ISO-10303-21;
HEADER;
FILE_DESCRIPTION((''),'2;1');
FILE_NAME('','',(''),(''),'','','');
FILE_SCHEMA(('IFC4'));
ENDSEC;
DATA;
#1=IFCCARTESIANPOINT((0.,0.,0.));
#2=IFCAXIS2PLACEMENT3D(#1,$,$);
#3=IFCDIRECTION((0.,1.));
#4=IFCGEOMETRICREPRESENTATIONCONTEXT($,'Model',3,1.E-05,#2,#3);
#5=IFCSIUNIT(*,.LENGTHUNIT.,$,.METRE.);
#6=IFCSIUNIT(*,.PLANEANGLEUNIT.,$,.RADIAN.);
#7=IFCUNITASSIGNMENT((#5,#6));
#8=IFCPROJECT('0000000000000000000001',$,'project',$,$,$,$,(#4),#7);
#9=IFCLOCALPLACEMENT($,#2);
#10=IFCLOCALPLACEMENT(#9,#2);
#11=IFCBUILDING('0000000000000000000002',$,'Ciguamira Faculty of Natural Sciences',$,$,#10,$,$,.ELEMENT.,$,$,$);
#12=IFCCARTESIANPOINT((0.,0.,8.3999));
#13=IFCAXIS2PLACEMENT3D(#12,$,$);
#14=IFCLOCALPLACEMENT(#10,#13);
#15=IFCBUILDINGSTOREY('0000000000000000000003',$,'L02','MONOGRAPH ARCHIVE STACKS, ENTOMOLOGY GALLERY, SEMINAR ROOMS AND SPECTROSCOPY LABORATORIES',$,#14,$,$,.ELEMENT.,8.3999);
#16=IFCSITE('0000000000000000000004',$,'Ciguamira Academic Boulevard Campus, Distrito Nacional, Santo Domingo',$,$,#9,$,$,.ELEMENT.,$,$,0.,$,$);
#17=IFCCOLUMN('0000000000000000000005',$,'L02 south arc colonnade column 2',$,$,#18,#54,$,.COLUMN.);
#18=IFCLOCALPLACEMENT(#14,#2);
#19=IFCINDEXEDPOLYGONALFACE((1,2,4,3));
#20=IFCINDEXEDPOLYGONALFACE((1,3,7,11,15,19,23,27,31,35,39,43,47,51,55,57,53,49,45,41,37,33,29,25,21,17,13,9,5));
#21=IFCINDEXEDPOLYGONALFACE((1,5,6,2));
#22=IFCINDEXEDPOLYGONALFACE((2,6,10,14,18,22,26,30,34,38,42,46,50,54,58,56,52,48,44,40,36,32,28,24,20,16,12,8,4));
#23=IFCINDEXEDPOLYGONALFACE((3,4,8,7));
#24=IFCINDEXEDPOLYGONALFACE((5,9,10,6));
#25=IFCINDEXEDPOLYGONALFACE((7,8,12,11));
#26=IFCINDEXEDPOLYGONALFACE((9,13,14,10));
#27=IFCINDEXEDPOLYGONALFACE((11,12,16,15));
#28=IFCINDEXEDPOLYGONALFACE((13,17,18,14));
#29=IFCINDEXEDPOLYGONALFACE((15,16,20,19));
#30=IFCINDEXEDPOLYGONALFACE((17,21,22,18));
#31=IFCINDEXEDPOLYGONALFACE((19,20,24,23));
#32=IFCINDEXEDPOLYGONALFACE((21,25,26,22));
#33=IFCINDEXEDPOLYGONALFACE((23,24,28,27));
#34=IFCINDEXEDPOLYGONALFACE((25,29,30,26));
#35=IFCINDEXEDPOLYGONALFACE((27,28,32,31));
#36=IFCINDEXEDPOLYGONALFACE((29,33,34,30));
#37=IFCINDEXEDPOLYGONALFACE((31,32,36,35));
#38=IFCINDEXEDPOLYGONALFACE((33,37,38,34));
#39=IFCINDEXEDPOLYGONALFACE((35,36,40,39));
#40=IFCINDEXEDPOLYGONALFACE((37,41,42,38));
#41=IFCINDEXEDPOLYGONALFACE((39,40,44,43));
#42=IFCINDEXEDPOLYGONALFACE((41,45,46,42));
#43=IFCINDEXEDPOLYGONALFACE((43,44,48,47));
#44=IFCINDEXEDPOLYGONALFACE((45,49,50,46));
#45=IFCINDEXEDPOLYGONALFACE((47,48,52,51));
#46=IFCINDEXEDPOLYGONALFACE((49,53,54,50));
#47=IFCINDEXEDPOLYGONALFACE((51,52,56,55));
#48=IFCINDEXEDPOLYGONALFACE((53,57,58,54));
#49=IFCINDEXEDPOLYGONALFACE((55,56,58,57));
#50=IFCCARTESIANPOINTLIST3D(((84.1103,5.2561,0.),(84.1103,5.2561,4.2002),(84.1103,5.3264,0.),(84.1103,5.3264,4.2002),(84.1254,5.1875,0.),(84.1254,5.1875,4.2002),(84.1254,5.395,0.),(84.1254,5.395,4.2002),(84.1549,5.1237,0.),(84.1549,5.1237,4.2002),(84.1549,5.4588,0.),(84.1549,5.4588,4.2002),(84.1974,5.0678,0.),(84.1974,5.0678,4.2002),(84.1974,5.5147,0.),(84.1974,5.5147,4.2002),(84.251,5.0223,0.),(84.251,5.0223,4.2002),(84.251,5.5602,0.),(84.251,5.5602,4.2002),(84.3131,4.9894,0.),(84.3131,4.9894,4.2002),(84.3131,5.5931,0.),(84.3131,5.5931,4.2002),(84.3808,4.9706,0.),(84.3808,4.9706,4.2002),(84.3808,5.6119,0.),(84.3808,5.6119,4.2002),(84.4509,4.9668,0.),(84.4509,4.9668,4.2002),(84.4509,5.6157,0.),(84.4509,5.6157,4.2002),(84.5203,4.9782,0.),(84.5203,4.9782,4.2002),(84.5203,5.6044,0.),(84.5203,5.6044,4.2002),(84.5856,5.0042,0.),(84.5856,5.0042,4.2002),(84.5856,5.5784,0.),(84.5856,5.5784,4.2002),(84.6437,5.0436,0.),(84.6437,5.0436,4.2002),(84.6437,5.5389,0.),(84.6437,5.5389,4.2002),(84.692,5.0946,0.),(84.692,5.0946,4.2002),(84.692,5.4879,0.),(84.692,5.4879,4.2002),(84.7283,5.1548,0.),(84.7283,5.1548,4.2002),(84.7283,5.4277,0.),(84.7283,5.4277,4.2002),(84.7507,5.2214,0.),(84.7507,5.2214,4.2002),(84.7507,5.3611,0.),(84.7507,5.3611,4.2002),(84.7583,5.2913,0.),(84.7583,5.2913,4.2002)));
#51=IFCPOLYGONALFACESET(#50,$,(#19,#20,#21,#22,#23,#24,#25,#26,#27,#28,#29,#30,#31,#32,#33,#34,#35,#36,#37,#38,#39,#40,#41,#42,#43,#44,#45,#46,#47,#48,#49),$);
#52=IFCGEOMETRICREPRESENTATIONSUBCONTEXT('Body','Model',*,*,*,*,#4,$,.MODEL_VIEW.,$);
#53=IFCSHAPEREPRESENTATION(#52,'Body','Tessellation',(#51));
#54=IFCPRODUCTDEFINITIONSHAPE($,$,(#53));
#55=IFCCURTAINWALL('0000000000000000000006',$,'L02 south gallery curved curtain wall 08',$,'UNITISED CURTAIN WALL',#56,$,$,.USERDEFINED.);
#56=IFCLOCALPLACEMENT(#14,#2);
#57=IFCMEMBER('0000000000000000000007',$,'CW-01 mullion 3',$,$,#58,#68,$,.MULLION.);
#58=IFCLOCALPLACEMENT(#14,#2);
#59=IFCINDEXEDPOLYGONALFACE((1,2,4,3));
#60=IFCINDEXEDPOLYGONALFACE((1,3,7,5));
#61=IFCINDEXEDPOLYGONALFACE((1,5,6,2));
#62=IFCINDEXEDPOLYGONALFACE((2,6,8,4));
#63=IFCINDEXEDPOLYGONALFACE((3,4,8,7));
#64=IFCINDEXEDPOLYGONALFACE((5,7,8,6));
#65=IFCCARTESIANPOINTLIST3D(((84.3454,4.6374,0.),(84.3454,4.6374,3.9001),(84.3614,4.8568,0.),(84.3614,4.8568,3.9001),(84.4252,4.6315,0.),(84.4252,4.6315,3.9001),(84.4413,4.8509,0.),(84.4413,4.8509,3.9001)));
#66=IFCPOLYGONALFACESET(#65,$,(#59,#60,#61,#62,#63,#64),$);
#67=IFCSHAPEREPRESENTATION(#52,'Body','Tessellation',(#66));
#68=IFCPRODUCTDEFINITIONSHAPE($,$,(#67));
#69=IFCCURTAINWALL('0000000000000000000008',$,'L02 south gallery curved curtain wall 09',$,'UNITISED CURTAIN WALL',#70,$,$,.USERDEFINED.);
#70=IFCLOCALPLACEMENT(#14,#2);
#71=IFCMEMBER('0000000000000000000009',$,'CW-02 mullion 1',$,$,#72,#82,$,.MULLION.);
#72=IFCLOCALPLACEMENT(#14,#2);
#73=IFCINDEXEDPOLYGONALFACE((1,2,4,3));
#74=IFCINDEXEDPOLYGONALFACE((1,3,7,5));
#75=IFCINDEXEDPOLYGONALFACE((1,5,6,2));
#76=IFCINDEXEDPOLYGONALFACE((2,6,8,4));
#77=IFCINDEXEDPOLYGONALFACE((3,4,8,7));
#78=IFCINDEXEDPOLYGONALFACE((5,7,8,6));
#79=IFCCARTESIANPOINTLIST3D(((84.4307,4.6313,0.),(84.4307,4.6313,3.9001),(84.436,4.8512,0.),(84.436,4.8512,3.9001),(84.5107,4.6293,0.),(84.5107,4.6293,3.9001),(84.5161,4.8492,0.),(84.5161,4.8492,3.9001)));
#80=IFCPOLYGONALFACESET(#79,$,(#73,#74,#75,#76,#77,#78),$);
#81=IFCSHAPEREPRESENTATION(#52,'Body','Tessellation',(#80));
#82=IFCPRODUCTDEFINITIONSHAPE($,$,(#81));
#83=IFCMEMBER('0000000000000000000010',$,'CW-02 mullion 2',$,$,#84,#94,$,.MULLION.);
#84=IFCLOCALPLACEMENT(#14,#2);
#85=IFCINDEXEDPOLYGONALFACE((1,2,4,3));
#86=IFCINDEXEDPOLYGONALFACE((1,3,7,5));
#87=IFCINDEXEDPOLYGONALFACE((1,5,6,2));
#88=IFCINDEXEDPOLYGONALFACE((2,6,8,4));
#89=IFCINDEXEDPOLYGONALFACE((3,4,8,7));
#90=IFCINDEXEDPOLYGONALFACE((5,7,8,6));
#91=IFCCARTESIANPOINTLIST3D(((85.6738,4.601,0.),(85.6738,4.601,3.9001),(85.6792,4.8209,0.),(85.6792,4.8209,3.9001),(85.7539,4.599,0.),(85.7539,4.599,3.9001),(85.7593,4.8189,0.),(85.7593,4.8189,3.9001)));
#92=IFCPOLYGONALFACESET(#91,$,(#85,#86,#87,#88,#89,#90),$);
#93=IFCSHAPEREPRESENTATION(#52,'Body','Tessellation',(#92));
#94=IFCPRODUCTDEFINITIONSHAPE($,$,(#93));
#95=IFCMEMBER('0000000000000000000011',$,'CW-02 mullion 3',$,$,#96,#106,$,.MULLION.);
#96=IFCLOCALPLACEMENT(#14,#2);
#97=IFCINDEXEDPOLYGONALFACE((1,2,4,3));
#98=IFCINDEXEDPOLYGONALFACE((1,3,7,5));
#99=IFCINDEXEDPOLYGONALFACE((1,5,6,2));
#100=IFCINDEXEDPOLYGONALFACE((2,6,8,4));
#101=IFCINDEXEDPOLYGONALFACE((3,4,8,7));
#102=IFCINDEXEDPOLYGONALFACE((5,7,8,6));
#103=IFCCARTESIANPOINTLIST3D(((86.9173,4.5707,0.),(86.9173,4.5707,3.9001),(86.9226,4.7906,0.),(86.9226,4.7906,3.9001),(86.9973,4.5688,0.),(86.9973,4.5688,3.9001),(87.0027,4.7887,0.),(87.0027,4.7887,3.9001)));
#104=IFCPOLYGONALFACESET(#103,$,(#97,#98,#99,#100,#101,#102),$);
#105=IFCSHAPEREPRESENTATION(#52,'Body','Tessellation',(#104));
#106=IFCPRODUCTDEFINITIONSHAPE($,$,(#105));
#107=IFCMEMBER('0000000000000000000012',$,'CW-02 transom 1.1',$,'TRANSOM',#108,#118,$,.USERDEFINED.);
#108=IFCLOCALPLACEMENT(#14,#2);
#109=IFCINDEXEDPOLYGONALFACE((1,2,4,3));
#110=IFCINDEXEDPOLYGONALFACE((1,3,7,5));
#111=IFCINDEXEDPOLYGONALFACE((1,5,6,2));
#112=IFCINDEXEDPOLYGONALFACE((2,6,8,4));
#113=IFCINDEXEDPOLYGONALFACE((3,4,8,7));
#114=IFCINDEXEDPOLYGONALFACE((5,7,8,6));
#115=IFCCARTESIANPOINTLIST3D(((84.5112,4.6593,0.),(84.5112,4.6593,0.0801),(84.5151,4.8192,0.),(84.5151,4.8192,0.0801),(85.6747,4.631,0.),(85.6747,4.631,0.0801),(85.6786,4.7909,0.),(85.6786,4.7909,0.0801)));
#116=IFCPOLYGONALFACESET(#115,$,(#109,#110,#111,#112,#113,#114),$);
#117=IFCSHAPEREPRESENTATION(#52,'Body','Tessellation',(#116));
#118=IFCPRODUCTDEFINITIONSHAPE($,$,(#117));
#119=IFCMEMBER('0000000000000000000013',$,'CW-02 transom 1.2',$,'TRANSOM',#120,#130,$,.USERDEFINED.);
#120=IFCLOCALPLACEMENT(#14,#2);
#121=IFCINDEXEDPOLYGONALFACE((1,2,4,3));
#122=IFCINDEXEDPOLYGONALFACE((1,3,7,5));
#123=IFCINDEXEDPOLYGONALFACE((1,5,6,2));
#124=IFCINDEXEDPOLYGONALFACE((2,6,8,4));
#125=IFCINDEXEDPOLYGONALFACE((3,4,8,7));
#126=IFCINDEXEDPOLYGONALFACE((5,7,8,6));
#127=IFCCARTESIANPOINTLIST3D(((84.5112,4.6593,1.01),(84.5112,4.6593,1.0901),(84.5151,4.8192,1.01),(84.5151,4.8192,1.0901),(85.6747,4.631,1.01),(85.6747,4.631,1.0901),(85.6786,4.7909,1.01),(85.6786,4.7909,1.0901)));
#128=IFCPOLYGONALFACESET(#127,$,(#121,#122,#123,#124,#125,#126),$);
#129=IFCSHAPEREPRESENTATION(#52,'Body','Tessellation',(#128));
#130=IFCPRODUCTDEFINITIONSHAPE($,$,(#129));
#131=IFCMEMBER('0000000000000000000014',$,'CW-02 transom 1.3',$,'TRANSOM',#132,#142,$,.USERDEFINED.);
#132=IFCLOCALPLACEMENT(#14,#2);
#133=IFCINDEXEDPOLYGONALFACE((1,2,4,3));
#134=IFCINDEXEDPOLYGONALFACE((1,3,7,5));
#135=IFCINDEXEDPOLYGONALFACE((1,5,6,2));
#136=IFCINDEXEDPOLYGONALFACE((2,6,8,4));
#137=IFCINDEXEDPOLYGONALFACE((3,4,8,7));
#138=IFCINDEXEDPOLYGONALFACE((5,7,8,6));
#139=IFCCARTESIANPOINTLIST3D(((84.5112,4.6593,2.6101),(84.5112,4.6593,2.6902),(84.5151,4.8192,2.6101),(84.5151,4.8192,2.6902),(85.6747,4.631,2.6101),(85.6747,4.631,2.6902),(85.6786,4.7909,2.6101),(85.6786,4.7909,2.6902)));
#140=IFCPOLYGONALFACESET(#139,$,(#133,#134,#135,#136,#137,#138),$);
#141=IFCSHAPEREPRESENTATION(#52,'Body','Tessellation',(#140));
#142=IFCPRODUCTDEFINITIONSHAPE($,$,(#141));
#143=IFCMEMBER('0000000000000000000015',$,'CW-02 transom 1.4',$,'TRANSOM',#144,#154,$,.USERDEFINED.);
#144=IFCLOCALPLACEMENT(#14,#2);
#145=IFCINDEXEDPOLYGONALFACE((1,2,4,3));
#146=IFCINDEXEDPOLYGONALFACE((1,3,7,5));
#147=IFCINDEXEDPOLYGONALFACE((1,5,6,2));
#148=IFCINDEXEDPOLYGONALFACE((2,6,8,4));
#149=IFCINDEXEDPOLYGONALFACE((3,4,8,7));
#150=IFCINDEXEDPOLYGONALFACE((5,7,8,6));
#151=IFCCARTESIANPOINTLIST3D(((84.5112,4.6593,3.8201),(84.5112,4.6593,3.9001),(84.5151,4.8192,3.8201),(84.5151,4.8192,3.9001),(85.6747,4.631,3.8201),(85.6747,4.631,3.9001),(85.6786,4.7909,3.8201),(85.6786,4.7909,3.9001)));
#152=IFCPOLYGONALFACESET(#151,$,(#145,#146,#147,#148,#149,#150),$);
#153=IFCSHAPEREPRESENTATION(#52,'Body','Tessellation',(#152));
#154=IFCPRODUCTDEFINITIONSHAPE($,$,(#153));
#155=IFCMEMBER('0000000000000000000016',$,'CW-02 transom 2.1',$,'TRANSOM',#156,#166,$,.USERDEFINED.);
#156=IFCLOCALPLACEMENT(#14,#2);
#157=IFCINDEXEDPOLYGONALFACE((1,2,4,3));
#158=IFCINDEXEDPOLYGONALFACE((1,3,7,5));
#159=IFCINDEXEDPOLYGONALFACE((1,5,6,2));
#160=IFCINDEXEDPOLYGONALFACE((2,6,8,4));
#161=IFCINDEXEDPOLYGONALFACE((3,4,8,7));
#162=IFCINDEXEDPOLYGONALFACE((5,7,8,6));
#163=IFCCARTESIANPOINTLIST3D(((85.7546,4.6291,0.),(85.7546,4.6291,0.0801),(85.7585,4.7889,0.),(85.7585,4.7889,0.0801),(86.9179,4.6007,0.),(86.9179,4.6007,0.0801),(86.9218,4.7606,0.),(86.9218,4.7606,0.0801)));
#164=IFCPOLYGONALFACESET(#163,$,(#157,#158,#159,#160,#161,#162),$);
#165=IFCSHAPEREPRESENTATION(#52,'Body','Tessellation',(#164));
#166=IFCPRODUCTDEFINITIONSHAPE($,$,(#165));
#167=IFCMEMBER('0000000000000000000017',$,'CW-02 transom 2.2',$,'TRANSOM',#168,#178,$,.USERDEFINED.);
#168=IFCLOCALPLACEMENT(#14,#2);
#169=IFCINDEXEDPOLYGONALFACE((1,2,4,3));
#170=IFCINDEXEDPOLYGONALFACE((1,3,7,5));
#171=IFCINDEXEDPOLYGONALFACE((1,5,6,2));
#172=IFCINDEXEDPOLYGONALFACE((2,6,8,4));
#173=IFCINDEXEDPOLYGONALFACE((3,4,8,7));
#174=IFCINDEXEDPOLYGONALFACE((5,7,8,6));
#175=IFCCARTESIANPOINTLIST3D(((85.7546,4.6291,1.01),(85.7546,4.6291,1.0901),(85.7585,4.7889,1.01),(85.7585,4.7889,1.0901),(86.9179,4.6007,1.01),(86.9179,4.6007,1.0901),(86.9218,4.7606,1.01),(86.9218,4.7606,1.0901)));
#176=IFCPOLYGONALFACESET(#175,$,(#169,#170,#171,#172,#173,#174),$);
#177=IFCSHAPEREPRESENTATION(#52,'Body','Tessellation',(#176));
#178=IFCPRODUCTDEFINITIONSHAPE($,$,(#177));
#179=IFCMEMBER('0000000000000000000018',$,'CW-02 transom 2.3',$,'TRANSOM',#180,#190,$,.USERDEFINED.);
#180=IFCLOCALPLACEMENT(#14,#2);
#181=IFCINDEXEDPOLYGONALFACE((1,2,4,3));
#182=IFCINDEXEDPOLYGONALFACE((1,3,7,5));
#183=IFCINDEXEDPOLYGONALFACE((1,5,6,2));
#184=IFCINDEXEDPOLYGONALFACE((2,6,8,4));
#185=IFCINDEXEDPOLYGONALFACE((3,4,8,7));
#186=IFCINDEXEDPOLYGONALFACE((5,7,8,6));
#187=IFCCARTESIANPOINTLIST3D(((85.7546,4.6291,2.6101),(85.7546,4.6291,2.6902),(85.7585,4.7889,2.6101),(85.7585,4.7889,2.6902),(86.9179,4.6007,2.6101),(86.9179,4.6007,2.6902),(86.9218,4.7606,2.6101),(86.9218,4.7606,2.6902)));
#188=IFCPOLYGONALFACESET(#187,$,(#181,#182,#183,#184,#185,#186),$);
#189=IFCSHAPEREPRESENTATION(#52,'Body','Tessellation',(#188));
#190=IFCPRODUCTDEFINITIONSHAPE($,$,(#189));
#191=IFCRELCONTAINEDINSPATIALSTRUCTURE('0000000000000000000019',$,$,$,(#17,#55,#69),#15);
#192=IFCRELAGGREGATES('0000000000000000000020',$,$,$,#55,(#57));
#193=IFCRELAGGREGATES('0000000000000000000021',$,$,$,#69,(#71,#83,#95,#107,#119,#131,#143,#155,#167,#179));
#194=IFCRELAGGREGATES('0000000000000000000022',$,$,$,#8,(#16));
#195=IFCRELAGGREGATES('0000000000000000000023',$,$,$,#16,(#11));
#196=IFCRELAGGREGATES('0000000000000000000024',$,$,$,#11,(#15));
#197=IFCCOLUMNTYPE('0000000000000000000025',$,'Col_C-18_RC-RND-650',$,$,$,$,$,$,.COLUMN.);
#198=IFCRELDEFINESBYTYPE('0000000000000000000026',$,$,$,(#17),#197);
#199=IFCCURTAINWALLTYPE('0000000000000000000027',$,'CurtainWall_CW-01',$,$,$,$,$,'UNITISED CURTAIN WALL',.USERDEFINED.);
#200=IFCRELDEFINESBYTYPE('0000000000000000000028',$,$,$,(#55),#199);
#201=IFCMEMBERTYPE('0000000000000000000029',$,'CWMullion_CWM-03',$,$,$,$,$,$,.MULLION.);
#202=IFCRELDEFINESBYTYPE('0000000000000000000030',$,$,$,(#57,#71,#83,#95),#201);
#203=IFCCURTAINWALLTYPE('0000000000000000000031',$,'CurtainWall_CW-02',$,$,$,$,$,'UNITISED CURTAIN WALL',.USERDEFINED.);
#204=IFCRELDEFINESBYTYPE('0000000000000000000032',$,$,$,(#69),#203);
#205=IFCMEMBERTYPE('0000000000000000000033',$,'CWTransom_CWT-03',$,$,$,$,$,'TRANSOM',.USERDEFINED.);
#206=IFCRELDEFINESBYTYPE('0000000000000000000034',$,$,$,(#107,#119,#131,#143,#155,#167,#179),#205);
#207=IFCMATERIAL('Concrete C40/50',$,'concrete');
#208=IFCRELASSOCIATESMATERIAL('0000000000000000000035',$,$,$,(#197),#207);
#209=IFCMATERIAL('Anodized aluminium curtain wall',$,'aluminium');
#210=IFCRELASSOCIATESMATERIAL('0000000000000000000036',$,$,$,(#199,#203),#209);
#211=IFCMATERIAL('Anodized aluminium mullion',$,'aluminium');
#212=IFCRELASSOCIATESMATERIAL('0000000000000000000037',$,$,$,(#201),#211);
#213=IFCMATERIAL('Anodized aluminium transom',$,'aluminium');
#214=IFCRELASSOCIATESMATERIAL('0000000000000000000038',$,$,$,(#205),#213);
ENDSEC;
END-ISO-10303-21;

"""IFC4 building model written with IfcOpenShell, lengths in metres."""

from ifc_helpers import new_model, si_unit, direction, frame, origin, origin_2d, place, context, subcontext, project, spatial, rectangle, circle, extrude, material, material_profile, profile_set, type_object, element, aggregate, save


model = new_model("IFC4")

# Units and contexts
model_context = context("Model", 3, precision=1e-05, world=origin(), true_north=direction((0.0, 1.0)))
body_context = subcontext(model_context, "Body", "Model", "MODEL_VIEW")
ifc_project = project(units=[si_unit("LENGTHUNIT", "METRE"), si_unit("PLANEANGLEUNIT", "RADIAN")], contexts=[model_context])

# Site, building, storey
site_placement = place(None, origin())
site = spatial("IfcSite", under=ifc_project, at=site_placement, Name="Ciguamira Academic Boulevard Campus, Distrito Nacional, Santo Domingo", CompositionType="ELEMENT", RefElevation=0.0)
building_placement = place(site_placement, origin())
building = spatial("IfcBuilding", under=site, at=building_placement, Name="Ciguamira Faculty of Natural Sciences", CompositionType="ELEMENT")
storey_placement = place(building_placement, frame((0.0, 0.0, 8.3999)))
storey = spatial("IfcBuildingStorey", under=building, at=storey_placement, Name="L02", Description="MONOGRAPH ARCHIVE STACKS, ENTOMOLOGY GALLERY, SEMINAR ROOMS AND SPECTROSCOPY LABORATORIES", CompositionType="ELEMENT", Elevation=8.3999)

# Column
ifc_material_1 = material(Name="Concrete C40/50", Category="concrete")
ifc_material_profile_1 = material_profile(ifc_material_1, circle(Radius=0.325, at=origin_2d()), Name="RC-RND-650")
ifc_profile_set_1 = profile_set([ifc_material_profile_1], Name="Concrete C40/50")
column_type = type_object("IfcColumnType", Name="Col_C-18_RC-RND-650", PredefinedType="COLUMN", material=ifc_profile_set_1)
column_placement = place(storey_placement, frame((84.4333, 5.2913, 0.0), z_axis=(0.0, 0.0, 1.0), x_axis=(1.0, 0.0, 0.0)))
element("IfcColumn", 1, at=column_placement, inside=storey, type_object=column_type, Name="L02 south arc colonnade column 2", PredefinedType="COLUMN", context=body_context, shape_type="SweptSolid", body=[
    extrude(circle(Radius=0.325, at=origin_2d()), origin(), (0.0, 0.0, 1.0), 4.2002),
])

# Curtain wall, member
ifc_material_2 = material(Name="Anodized aluminium curtain wall", Category="aluminium")
curtain_wall_type_1 = type_object("IfcCurtainWallType", Name="CurtainWall_CW-01", ElementType="UNITISED CURTAIN WALL", PredefinedType="USERDEFINED", material=ifc_material_2)
curtain_wall_1_placement = place(storey_placement, origin())
curtain_wall_1 = element("IfcCurtainWall", 2, at=curtain_wall_1_placement, inside=storey, type_object=curtain_wall_type_1, Name="L02 south gallery curved curtain wall 08", ObjectType="UNITISED CURTAIN WALL", PredefinedType="USERDEFINED")
ifc_material_3 = material(Name="Anodized aluminium mullion", Category="aluminium")
ifc_material_profile_2 = material_profile(ifc_material_3, rectangle(XDim=0.0801, YDim=0.22, at=origin_2d()), Name="ALU-MUL-80X220")
ifc_profile_set_2 = profile_set([ifc_material_profile_2], Name="Anodized aluminium mullion")
member_type_1 = type_object("IfcMemberType", Name="CWMullion_CWM-03", PredefinedType="MULLION", material=ifc_profile_set_2)
member_1_placement = place(storey_placement, frame((84.3933, 4.7441, 0.0), z_axis=(0.0, 0.0, 1.0), x_axis=(0.997337, -0.072937, 0.0)))
member_1 = element("IfcMember", 3, at=member_1_placement, type_object=member_type_1, Name="CW-01 mullion 3", PredefinedType="MULLION", context=body_context, shape_type="SweptSolid", body=[
    extrude(rectangle(XDim=0.0801, YDim=0.22, at=origin_2d()), origin(), (0.0, 0.0, 1.0), 3.9001),
])

# Curtain wall, members
curtain_wall_type_2 = type_object("IfcCurtainWallType", Name="CurtainWall_CW-02", ElementType="UNITISED CURTAIN WALL", PredefinedType="USERDEFINED", material=ifc_material_2)
curtain_wall_2_placement = place(storey_placement, origin())
curtain_wall_2 = element("IfcCurtainWall", 4, at=curtain_wall_2_placement, inside=storey, type_object=curtain_wall_type_2, Name="L02 south gallery curved curtain wall 09", ObjectType="UNITISED CURTAIN WALL", PredefinedType="USERDEFINED")
member_2_placement = place(storey_placement, frame((84.4734, 4.7402, 0.0), z_axis=(0.0, 0.0, 1.0), x_axis=(0.999704, -0.024343, 0.0)))
member_2 = element("IfcMember", 5, at=member_2_placement, type_object=member_type_1, Name="CW-02 mullion 1", PredefinedType="MULLION", context=body_context, shape_type="SweptSolid", body=[
    extrude(rectangle(XDim=0.0801, YDim=0.22, at=origin_2d()), origin(), (0.0, 0.0, 1.0), 3.9001),
])
member_3_placement = place(storey_placement, frame((85.7166, 4.71, 0.0), z_axis=(0.0, 0.0, 1.0), x_axis=(0.999704, -0.024343, 0.0)))
member_3 = element("IfcMember", 6, at=member_3_placement, type_object=member_type_1, Name="CW-02 mullion 2", PredefinedType="MULLION", context=body_context, shape_type="SweptSolid", body=[
    extrude(rectangle(XDim=0.0801, YDim=0.22, at=origin_2d()), origin(), (0.0, 0.0, 1.0), 3.9001),
])
member_4_placement = place(storey_placement, frame((86.96, 4.6797, 0.0), z_axis=(0.0, 0.0, 1.0), x_axis=(0.999704, -0.024343, 0.0)))
member_4 = element("IfcMember", 7, at=member_4_placement, type_object=member_type_1, Name="CW-02 mullion 3", PredefinedType="MULLION", context=body_context, shape_type="SweptSolid", body=[
    extrude(rectangle(XDim=0.0801, YDim=0.22, at=origin_2d()), origin(), (0.0, 0.0, 1.0), 3.9001),
])
ifc_material_4 = material(Name="Anodized aluminium transom", Category="aluminium")
ifc_material_profile_3 = material_profile(ifc_material_4, rectangle(XDim=0.0801, YDim=0.1599, at=origin_2d()), Name="ALU-TRN-80X160")
ifc_profile_set_3 = profile_set([ifc_material_profile_3], Name="Anodized aluminium transom")
member_type_2 = type_object("IfcMemberType", Name="CWTransom_CWT-03", ElementType="TRANSOM", PredefinedType="USERDEFINED", material=ifc_profile_set_3)
member_5_placement = place(storey_placement, frame((84.5132, 4.7393, 0.04), z_axis=(0.999704, -0.024332, 0.0), x_axis=(0.0, 0.0, 1.0)))
member_5 = element("IfcMember", 8, at=member_5_placement, type_object=member_type_2, Name="CW-02 transom 1.1", ObjectType="TRANSOM", PredefinedType="USERDEFINED", context=body_context, shape_type="SweptSolid", body=[
    extrude(rectangle(XDim=0.0801, YDim=0.1599, at=origin_2d()), origin(), (0.0, 0.0, 1.0), 1.1638),
])
member_6_placement = place(storey_placement, frame((84.5132, 4.7393, 1.05), z_axis=(0.999704, -0.024332, 0.0), x_axis=(0.0, 0.0, 1.0)))
member_6 = element("IfcMember", 9, at=member_6_placement, type_object=member_type_2, Name="CW-02 transom 1.2", ObjectType="TRANSOM", PredefinedType="USERDEFINED", context=body_context, shape_type="SweptSolid", body=[
    extrude(rectangle(XDim=0.0801, YDim=0.1599, at=origin_2d()), origin(), (0.0, 0.0, 1.0), 1.1638),
])
member_7_placement = place(storey_placement, frame((84.5132, 4.7393, 2.6501), z_axis=(0.999704, -0.024332, 0.0), x_axis=(0.0, 0.0, 1.0)))
member_7 = element("IfcMember", 10, at=member_7_placement, type_object=member_type_2, Name="CW-02 transom 1.3", ObjectType="TRANSOM", PredefinedType="USERDEFINED", context=body_context, shape_type="SweptSolid", body=[
    extrude(rectangle(XDim=0.0801, YDim=0.1599, at=origin_2d()), origin(), (0.0, 0.0, 1.0), 1.1638),
])
member_8_placement = place(storey_placement, frame((84.5132, 4.7393, 3.8601), z_axis=(0.999704, -0.024332, 0.0), x_axis=(0.0, 0.0, 1.0)))
member_8 = element("IfcMember", 11, at=member_8_placement, type_object=member_type_2, Name="CW-02 transom 1.4", ObjectType="TRANSOM", PredefinedType="USERDEFINED", context=body_context, shape_type="SweptSolid", body=[
    extrude(rectangle(XDim=0.0801, YDim=0.1599, at=origin_2d()), origin(), (0.0, 0.0, 1.0), 1.1638),
])
member_9_placement = place(storey_placement, frame((85.7566, 4.709, 0.04), z_axis=(0.999704, -0.024337, 0.0), x_axis=(0.0, 0.0, 1.0)))
member_9 = element("IfcMember", 12, at=member_9_placement, type_object=member_type_2, Name="CW-02 transom 2.1", ObjectType="TRANSOM", PredefinedType="USERDEFINED", context=body_context, shape_type="SweptSolid", body=[
    extrude(rectangle(XDim=0.0801, YDim=0.1599, at=origin_2d()), origin(), (0.0, 0.0, 1.0), 1.1636),
])
member_10_placement = place(storey_placement, frame((85.7566, 4.709, 1.05), z_axis=(0.999704, -0.024337, 0.0), x_axis=(0.0, 0.0, 1.0)))
member_10 = element("IfcMember", 13, at=member_10_placement, type_object=member_type_2, Name="CW-02 transom 2.2", ObjectType="TRANSOM", PredefinedType="USERDEFINED", context=body_context, shape_type="SweptSolid", body=[
    extrude(rectangle(XDim=0.0801, YDim=0.1599, at=origin_2d()), origin(), (0.0, 0.0, 1.0), 1.1636),
])
member_11_placement = place(storey_placement, frame((85.7566, 4.709, 2.6501), z_axis=(0.999704, -0.024337, 0.0), x_axis=(0.0, 0.0, 1.0)))
member_11 = element("IfcMember", 14, at=member_11_placement, type_object=member_type_2, Name="CW-02 transom 2.3", ObjectType="TRANSOM", PredefinedType="USERDEFINED", context=body_context, shape_type="SweptSolid", body=[
    extrude(rectangle(XDim=0.0801, YDim=0.1599, at=origin_2d()), origin(), (0.0, 0.0, 1.0), 1.1636),
])

aggregate(curtain_wall_1, [member_1])
aggregate(curtain_wall_2, [member_2, member_3, member_4, member_5, member_6, member_7, member_8, member_9, member_10, member_11])

save(model, "model.ifc")
